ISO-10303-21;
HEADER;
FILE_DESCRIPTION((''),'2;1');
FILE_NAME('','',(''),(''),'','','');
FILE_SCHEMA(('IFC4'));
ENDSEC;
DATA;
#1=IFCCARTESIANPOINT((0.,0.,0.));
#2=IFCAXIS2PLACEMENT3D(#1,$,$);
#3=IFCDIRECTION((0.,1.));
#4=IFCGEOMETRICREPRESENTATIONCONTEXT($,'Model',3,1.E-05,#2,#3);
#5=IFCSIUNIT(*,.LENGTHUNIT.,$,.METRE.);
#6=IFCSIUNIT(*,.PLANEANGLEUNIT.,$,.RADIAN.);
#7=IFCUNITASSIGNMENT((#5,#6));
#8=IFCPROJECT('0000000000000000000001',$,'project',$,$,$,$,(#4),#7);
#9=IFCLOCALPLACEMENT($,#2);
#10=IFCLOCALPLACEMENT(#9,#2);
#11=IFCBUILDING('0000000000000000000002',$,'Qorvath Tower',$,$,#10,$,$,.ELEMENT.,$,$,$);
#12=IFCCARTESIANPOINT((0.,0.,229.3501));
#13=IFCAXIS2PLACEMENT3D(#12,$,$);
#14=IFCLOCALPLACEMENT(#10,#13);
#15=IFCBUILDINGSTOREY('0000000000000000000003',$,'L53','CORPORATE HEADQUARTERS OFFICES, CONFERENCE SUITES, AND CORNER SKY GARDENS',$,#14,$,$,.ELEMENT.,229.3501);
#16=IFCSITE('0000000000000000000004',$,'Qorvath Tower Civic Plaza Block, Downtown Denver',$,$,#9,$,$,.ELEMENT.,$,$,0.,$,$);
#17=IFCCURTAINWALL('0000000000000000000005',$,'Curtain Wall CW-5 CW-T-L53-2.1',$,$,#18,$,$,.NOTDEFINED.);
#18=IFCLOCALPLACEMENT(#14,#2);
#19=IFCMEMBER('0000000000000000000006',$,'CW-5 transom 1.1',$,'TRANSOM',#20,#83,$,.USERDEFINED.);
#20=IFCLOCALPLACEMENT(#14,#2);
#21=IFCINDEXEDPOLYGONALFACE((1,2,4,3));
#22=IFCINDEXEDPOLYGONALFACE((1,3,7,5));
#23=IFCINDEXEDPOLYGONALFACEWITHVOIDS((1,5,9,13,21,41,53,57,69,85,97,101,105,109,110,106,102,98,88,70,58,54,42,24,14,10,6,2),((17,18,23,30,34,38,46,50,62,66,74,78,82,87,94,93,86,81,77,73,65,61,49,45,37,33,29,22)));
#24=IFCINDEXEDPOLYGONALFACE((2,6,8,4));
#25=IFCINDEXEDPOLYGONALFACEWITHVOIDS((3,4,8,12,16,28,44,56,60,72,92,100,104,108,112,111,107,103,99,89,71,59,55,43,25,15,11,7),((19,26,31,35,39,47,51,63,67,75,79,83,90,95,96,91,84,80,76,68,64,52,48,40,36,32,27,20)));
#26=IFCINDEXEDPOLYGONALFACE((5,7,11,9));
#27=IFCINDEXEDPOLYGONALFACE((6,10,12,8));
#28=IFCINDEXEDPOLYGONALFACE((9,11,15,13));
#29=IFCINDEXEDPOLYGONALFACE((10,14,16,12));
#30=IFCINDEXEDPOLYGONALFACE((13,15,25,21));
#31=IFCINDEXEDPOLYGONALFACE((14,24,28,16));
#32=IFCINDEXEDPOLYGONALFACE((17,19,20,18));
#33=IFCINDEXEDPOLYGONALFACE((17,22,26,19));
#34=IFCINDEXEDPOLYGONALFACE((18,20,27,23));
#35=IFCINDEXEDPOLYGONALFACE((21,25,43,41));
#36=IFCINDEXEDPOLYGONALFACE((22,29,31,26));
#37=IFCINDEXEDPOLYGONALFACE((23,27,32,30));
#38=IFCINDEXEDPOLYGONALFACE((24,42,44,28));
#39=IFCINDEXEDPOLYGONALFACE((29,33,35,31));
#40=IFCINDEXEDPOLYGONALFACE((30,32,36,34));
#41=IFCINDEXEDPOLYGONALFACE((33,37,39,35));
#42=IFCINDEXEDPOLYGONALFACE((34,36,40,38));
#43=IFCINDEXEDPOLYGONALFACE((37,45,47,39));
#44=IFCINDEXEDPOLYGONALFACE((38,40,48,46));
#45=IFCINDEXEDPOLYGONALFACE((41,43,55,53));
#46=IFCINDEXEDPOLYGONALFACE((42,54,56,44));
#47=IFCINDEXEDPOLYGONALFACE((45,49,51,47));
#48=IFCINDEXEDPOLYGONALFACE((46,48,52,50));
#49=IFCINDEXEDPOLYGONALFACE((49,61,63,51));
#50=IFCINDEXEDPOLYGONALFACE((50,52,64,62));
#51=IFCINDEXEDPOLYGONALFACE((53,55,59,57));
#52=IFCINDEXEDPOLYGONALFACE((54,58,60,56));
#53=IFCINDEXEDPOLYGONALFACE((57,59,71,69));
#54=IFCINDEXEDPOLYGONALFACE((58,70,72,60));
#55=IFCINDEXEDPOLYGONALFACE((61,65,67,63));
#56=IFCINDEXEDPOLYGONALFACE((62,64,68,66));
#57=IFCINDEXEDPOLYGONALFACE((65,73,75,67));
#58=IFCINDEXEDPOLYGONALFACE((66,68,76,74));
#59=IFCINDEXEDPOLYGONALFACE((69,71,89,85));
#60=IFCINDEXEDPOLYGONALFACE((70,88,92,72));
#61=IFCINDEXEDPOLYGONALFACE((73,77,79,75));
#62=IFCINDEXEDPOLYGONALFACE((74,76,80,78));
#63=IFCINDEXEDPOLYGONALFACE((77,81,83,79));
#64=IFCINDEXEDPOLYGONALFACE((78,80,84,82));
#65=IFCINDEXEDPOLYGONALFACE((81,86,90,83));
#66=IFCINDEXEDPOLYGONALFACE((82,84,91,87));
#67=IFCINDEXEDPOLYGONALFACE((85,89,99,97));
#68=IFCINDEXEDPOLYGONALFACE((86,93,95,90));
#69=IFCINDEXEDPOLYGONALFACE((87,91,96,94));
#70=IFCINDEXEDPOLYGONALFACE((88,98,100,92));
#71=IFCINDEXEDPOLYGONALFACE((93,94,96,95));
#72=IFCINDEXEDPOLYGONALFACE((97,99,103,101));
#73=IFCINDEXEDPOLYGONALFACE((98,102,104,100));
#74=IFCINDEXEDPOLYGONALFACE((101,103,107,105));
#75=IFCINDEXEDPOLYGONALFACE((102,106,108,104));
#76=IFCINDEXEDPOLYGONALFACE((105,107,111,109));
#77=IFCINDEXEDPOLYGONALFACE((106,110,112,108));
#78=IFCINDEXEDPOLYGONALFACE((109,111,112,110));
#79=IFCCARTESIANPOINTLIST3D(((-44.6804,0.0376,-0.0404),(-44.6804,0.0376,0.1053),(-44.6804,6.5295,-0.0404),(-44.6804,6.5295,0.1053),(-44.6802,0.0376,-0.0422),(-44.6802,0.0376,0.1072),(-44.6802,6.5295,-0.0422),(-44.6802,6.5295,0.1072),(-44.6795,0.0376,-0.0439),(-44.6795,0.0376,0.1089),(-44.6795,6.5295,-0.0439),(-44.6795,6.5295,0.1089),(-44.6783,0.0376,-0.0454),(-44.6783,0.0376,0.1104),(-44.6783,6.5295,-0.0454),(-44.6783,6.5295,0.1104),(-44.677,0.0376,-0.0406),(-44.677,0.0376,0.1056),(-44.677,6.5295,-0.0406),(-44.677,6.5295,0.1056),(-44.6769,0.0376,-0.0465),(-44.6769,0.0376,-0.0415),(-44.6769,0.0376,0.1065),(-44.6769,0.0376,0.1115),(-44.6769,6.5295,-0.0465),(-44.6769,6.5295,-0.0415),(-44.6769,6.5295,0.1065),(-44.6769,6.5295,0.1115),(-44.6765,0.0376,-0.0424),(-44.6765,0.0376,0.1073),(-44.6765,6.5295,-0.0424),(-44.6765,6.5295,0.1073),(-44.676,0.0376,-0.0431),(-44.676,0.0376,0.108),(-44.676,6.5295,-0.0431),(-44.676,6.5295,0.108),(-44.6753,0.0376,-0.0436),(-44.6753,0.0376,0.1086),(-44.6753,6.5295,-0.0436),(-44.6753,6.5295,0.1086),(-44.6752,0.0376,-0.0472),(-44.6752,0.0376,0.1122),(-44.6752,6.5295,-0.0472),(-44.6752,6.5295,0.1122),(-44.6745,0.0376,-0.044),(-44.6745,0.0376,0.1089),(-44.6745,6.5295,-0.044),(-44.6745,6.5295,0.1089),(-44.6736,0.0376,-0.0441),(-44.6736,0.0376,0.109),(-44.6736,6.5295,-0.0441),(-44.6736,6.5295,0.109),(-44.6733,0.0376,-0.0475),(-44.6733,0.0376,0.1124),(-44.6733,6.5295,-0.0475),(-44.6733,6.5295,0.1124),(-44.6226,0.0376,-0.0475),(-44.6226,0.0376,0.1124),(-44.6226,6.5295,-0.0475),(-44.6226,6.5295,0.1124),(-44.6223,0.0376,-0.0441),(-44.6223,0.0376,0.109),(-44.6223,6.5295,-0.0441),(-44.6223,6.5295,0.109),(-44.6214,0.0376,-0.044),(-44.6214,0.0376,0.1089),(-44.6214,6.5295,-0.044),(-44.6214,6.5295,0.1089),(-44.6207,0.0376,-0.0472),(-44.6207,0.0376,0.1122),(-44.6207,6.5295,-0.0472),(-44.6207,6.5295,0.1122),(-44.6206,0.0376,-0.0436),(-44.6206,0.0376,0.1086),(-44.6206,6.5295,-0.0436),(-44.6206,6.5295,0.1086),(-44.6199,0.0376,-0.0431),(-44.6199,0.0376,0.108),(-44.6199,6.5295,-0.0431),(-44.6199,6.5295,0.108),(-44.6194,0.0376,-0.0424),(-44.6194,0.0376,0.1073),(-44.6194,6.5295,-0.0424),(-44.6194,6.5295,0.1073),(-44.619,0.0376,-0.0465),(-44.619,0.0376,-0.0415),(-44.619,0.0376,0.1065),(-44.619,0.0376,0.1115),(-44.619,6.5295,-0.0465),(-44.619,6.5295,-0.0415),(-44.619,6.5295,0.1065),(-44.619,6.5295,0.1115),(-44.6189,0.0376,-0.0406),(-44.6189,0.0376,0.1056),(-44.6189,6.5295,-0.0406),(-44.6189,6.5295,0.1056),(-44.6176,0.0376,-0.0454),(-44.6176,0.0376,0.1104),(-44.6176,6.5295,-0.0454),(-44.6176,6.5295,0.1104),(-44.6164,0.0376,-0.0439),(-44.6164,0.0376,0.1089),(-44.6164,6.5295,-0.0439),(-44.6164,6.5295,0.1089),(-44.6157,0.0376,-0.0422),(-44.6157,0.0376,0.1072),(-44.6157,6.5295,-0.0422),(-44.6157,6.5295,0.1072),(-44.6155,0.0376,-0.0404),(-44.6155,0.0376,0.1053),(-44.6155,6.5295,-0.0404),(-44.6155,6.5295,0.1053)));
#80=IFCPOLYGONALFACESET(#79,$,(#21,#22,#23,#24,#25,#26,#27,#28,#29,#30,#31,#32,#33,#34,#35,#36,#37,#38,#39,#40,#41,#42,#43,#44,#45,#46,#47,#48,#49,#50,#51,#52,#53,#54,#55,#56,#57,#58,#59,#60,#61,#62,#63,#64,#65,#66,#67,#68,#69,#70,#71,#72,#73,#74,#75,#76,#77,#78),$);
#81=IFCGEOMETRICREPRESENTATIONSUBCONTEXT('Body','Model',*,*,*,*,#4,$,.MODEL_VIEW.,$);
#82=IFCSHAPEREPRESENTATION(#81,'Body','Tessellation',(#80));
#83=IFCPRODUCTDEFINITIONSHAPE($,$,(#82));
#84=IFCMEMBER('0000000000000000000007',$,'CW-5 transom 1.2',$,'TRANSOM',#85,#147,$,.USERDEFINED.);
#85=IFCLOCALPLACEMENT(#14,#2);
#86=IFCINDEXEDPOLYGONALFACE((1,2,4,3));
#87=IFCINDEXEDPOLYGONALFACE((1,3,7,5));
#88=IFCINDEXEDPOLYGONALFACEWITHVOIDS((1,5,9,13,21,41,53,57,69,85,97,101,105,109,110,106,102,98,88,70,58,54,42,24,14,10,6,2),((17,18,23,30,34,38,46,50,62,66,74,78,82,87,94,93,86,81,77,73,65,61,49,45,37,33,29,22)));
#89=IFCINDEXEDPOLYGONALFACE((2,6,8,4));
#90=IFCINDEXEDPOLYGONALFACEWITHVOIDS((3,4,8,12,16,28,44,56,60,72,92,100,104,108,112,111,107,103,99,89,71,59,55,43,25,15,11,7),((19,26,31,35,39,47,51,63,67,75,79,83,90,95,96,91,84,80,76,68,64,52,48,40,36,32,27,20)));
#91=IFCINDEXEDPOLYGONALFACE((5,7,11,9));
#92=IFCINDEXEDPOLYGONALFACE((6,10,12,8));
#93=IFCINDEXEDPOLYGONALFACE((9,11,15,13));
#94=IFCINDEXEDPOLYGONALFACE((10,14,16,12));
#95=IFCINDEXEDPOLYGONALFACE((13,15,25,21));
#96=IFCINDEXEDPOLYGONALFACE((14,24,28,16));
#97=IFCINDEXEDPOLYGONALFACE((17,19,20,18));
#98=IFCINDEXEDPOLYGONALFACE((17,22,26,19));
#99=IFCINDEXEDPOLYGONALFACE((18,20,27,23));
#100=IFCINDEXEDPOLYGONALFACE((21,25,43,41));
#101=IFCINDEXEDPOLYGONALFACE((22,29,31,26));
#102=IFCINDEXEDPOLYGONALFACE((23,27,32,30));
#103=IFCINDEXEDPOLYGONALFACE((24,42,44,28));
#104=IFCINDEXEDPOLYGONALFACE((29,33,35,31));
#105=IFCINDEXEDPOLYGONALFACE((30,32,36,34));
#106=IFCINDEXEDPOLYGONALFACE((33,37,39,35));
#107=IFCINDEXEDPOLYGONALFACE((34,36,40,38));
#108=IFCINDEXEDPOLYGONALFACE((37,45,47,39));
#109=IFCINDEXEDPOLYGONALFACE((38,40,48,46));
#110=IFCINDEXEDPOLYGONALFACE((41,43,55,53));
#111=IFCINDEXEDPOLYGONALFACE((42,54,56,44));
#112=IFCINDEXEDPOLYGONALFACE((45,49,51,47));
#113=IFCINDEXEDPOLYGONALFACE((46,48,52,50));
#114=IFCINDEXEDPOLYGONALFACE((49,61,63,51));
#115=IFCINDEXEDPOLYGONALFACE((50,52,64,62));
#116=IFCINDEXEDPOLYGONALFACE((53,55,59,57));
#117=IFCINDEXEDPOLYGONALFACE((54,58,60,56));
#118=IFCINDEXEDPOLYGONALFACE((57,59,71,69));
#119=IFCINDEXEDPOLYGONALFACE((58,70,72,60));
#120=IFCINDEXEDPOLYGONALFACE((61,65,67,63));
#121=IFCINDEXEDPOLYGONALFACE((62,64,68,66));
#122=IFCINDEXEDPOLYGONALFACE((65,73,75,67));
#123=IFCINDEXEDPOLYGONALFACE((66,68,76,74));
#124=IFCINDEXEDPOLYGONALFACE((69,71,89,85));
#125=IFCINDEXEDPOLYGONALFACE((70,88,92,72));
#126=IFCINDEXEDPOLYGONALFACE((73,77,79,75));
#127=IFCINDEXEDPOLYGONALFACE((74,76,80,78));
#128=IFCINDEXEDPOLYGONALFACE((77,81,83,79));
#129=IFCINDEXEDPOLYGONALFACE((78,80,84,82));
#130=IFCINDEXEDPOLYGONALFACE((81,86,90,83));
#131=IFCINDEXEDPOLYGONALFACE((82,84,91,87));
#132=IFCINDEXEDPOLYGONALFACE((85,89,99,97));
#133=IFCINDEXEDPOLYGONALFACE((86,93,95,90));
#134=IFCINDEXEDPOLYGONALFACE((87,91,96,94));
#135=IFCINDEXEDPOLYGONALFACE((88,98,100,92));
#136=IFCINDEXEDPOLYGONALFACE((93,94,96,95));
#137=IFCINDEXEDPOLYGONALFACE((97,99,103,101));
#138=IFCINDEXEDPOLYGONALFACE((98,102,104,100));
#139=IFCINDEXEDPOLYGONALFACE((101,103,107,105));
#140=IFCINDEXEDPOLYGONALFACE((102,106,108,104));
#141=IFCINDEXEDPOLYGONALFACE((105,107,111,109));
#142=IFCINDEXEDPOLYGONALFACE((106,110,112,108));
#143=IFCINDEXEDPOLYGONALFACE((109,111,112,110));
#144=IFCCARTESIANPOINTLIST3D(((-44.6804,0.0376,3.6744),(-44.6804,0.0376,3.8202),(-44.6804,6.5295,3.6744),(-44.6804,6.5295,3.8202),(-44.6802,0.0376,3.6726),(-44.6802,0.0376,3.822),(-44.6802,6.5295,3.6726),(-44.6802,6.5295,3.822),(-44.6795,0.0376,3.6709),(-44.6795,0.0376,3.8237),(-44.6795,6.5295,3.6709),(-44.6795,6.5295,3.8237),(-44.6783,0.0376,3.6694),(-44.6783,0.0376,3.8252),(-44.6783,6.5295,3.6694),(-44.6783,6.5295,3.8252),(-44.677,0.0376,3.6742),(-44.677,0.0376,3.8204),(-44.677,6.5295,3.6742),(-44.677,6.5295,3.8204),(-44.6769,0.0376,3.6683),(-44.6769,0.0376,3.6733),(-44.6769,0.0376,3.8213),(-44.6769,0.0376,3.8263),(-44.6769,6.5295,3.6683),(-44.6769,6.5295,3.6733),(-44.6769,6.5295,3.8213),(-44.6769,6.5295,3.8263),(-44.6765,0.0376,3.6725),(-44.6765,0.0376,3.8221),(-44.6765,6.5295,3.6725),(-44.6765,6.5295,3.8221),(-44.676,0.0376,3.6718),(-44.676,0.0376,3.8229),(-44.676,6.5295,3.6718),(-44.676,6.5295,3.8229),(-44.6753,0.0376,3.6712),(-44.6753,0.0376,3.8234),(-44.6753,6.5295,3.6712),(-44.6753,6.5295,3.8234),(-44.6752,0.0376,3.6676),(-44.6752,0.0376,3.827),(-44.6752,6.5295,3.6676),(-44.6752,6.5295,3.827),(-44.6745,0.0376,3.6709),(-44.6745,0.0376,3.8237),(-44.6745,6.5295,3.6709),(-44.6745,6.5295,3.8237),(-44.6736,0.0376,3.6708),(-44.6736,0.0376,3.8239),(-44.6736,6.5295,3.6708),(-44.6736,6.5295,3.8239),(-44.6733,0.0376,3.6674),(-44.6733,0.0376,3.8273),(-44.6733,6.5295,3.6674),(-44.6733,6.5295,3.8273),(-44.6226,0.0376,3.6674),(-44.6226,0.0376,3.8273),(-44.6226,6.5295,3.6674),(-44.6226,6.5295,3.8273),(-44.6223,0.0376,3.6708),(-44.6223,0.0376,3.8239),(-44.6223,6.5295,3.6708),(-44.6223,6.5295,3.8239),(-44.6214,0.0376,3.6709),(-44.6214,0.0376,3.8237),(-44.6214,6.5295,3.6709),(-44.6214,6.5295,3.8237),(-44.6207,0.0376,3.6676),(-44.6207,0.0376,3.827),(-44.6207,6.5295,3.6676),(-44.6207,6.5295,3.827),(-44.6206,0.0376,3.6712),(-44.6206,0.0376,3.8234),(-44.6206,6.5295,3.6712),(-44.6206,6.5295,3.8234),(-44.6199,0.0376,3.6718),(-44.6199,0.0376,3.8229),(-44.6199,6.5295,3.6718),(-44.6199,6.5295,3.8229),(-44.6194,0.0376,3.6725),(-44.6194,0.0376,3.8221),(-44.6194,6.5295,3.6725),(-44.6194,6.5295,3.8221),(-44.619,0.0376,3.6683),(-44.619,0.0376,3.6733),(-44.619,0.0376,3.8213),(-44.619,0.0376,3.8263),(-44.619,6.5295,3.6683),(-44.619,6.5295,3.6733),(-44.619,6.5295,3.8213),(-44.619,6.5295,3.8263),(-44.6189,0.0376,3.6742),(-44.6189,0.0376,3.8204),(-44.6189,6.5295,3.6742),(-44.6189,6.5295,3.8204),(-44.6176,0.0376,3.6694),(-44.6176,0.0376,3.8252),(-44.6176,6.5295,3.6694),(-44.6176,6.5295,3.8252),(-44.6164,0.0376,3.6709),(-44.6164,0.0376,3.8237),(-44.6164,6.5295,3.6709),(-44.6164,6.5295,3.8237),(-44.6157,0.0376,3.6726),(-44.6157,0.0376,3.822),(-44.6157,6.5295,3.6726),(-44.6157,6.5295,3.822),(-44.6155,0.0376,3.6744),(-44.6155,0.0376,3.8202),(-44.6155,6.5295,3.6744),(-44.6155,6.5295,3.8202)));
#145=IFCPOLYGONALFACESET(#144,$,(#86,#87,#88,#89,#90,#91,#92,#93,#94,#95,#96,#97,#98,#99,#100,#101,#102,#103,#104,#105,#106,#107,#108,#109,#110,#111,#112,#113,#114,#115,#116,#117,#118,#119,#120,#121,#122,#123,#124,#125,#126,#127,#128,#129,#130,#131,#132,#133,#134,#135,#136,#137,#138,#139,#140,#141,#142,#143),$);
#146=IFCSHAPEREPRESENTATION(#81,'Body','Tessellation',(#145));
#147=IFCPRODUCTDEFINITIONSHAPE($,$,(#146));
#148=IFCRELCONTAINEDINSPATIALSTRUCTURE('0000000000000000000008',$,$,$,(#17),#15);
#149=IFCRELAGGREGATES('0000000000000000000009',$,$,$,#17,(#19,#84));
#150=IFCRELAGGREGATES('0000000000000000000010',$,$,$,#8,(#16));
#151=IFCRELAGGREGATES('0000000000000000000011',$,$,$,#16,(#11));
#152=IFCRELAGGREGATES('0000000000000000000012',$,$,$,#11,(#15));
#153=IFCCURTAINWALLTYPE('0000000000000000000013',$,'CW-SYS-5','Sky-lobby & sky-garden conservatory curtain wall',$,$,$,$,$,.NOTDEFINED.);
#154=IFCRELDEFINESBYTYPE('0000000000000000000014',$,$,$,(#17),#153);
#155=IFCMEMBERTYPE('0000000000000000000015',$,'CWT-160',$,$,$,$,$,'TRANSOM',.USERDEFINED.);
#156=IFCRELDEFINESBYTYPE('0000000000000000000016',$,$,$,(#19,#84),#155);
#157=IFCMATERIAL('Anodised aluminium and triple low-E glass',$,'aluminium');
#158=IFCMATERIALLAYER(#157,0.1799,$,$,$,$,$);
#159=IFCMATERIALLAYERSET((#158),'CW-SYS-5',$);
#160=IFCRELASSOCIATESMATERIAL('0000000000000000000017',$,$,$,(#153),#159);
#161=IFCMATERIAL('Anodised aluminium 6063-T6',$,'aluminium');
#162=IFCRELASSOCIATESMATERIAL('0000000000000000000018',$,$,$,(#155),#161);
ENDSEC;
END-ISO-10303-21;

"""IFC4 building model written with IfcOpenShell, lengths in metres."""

from ifc_helpers import new_model, si_unit, direction, frame, origin, origin_2d, place, context, subcontext, project, spatial, hollow_rectangle, extrude, material, layer, layer_set, material_profile, profile_set, type_object, element, aggregate, save


model = new_model("IFC4")

# Units and contexts
model_context = context("Model", 3, precision=1e-05, world=origin(), true_north=direction((0.0, 1.0)))
body_context = subcontext(model_context, "Body", "Model", "MODEL_VIEW")
ifc_project = project(units=[si_unit("LENGTHUNIT", "METRE"), si_unit("PLANEANGLEUNIT", "RADIAN")], contexts=[model_context])

# Site, building, storey
site_placement = place(None, origin())
site = spatial("IfcSite", under=ifc_project, at=site_placement, Name="Qorvath Tower Civic Plaza Block, Downtown Denver", CompositionType="ELEMENT", RefElevation=0.0)
building_placement = place(site_placement, origin())
building = spatial("IfcBuilding", under=site, at=building_placement, Name="Qorvath Tower", CompositionType="ELEMENT")
storey_placement = place(building_placement, frame((0.0, 0.0, 229.3501)))
storey = spatial("IfcBuildingStorey", under=building, at=storey_placement, Name="L53", Description="CORPORATE HEADQUARTERS OFFICES, CONFERENCE SUITES, AND CORNER SKY GARDENS", CompositionType="ELEMENT", Elevation=229.3501)

# Curtain wall
ifc_material_1 = material(Name="Anodised aluminium and triple low-E glass", Category="aluminium")
ifc_layer_1 = layer(ifc_material_1, 0.1799)
ifc_layer_set_1 = layer_set([ifc_layer_1], Name="CW-SYS-5")
curtain_wall_type = type_object("IfcCurtainWallType", Name="CW-SYS-5", Description="Sky-lobby & sky-garden conservatory curtain wall", PredefinedType="NOTDEFINED", material=ifc_layer_set_1)
curtain_wall_1_placement = place(storey_placement, origin())
curtain_wall_1 = element("IfcCurtainWall", 1, at=curtain_wall_1_placement, inside=storey, type_object=curtain_wall_type, Name="Curtain Wall CW-5 CW-T-L53-2.1", PredefinedType="NOTDEFINED")

# Members
ifc_material_2 = material(Name="Anodised aluminium 6063-T6", Category="aluminium")
ifc_material_profile_1 = material_profile(ifc_material_2, hollow_rectangle(XDim=0.0649, YDim=0.1599, WallThickness=0.0034, InnerFilletRadius=0.0034, OuterFilletRadius=0.0071, at=origin_2d()), Name="CWT 160x65")
ifc_profile_set_1 = profile_set([ifc_material_profile_1], Name="Anodised aluminium 6063-T6")
member_type_1 = type_object("IfcMemberType", Name="CWT-160", ElementType="TRANSOM", PredefinedType="USERDEFINED", material=ifc_profile_set_1)
member_1_placement = place(storey_placement, frame((-44.6479, 6.5295, 0.0325), z_axis=(0.0, -1.0, 0.0), x_axis=(1.0, 0.0, 0.0)))
member_1 = element("IfcMember", 2, at=member_1_placement, type_object=member_type_1, Name="CW-5 transom 1.1", ObjectType="TRANSOM", PredefinedType="USERDEFINED", context=body_context, shape_type="SweptSolid", body=[
    extrude(hollow_rectangle(XDim=0.0649, YDim=0.1599, WallThickness=0.0034, InnerFilletRadius=0.0034, OuterFilletRadius=0.0071, at=origin_2d()), origin(), (0.0, 0.0, 1.0), 6.4919),
])
member_2_placement = place(storey_placement, frame((-44.6479, 6.5295, 3.7473), z_axis=(0.0, -1.0, 0.0), x_axis=(1.0, 0.0, 0.0)))
member_2 = element("IfcMember", 3, at=member_2_placement, type_object=member_type_1, Name="CW-5 transom 1.2", ObjectType="TRANSOM", PredefinedType="USERDEFINED", context=body_context, shape_type="SweptSolid", body=[
    extrude(hollow_rectangle(XDim=0.0649, YDim=0.1599, WallThickness=0.0034, InnerFilletRadius=0.0034, OuterFilletRadius=0.0071, at=origin_2d()), origin(), (0.0, 0.0, 1.0), 6.4919),
])

aggregate(curtain_wall_1, [member_1, member_2])

save(model, "model.ifc")
